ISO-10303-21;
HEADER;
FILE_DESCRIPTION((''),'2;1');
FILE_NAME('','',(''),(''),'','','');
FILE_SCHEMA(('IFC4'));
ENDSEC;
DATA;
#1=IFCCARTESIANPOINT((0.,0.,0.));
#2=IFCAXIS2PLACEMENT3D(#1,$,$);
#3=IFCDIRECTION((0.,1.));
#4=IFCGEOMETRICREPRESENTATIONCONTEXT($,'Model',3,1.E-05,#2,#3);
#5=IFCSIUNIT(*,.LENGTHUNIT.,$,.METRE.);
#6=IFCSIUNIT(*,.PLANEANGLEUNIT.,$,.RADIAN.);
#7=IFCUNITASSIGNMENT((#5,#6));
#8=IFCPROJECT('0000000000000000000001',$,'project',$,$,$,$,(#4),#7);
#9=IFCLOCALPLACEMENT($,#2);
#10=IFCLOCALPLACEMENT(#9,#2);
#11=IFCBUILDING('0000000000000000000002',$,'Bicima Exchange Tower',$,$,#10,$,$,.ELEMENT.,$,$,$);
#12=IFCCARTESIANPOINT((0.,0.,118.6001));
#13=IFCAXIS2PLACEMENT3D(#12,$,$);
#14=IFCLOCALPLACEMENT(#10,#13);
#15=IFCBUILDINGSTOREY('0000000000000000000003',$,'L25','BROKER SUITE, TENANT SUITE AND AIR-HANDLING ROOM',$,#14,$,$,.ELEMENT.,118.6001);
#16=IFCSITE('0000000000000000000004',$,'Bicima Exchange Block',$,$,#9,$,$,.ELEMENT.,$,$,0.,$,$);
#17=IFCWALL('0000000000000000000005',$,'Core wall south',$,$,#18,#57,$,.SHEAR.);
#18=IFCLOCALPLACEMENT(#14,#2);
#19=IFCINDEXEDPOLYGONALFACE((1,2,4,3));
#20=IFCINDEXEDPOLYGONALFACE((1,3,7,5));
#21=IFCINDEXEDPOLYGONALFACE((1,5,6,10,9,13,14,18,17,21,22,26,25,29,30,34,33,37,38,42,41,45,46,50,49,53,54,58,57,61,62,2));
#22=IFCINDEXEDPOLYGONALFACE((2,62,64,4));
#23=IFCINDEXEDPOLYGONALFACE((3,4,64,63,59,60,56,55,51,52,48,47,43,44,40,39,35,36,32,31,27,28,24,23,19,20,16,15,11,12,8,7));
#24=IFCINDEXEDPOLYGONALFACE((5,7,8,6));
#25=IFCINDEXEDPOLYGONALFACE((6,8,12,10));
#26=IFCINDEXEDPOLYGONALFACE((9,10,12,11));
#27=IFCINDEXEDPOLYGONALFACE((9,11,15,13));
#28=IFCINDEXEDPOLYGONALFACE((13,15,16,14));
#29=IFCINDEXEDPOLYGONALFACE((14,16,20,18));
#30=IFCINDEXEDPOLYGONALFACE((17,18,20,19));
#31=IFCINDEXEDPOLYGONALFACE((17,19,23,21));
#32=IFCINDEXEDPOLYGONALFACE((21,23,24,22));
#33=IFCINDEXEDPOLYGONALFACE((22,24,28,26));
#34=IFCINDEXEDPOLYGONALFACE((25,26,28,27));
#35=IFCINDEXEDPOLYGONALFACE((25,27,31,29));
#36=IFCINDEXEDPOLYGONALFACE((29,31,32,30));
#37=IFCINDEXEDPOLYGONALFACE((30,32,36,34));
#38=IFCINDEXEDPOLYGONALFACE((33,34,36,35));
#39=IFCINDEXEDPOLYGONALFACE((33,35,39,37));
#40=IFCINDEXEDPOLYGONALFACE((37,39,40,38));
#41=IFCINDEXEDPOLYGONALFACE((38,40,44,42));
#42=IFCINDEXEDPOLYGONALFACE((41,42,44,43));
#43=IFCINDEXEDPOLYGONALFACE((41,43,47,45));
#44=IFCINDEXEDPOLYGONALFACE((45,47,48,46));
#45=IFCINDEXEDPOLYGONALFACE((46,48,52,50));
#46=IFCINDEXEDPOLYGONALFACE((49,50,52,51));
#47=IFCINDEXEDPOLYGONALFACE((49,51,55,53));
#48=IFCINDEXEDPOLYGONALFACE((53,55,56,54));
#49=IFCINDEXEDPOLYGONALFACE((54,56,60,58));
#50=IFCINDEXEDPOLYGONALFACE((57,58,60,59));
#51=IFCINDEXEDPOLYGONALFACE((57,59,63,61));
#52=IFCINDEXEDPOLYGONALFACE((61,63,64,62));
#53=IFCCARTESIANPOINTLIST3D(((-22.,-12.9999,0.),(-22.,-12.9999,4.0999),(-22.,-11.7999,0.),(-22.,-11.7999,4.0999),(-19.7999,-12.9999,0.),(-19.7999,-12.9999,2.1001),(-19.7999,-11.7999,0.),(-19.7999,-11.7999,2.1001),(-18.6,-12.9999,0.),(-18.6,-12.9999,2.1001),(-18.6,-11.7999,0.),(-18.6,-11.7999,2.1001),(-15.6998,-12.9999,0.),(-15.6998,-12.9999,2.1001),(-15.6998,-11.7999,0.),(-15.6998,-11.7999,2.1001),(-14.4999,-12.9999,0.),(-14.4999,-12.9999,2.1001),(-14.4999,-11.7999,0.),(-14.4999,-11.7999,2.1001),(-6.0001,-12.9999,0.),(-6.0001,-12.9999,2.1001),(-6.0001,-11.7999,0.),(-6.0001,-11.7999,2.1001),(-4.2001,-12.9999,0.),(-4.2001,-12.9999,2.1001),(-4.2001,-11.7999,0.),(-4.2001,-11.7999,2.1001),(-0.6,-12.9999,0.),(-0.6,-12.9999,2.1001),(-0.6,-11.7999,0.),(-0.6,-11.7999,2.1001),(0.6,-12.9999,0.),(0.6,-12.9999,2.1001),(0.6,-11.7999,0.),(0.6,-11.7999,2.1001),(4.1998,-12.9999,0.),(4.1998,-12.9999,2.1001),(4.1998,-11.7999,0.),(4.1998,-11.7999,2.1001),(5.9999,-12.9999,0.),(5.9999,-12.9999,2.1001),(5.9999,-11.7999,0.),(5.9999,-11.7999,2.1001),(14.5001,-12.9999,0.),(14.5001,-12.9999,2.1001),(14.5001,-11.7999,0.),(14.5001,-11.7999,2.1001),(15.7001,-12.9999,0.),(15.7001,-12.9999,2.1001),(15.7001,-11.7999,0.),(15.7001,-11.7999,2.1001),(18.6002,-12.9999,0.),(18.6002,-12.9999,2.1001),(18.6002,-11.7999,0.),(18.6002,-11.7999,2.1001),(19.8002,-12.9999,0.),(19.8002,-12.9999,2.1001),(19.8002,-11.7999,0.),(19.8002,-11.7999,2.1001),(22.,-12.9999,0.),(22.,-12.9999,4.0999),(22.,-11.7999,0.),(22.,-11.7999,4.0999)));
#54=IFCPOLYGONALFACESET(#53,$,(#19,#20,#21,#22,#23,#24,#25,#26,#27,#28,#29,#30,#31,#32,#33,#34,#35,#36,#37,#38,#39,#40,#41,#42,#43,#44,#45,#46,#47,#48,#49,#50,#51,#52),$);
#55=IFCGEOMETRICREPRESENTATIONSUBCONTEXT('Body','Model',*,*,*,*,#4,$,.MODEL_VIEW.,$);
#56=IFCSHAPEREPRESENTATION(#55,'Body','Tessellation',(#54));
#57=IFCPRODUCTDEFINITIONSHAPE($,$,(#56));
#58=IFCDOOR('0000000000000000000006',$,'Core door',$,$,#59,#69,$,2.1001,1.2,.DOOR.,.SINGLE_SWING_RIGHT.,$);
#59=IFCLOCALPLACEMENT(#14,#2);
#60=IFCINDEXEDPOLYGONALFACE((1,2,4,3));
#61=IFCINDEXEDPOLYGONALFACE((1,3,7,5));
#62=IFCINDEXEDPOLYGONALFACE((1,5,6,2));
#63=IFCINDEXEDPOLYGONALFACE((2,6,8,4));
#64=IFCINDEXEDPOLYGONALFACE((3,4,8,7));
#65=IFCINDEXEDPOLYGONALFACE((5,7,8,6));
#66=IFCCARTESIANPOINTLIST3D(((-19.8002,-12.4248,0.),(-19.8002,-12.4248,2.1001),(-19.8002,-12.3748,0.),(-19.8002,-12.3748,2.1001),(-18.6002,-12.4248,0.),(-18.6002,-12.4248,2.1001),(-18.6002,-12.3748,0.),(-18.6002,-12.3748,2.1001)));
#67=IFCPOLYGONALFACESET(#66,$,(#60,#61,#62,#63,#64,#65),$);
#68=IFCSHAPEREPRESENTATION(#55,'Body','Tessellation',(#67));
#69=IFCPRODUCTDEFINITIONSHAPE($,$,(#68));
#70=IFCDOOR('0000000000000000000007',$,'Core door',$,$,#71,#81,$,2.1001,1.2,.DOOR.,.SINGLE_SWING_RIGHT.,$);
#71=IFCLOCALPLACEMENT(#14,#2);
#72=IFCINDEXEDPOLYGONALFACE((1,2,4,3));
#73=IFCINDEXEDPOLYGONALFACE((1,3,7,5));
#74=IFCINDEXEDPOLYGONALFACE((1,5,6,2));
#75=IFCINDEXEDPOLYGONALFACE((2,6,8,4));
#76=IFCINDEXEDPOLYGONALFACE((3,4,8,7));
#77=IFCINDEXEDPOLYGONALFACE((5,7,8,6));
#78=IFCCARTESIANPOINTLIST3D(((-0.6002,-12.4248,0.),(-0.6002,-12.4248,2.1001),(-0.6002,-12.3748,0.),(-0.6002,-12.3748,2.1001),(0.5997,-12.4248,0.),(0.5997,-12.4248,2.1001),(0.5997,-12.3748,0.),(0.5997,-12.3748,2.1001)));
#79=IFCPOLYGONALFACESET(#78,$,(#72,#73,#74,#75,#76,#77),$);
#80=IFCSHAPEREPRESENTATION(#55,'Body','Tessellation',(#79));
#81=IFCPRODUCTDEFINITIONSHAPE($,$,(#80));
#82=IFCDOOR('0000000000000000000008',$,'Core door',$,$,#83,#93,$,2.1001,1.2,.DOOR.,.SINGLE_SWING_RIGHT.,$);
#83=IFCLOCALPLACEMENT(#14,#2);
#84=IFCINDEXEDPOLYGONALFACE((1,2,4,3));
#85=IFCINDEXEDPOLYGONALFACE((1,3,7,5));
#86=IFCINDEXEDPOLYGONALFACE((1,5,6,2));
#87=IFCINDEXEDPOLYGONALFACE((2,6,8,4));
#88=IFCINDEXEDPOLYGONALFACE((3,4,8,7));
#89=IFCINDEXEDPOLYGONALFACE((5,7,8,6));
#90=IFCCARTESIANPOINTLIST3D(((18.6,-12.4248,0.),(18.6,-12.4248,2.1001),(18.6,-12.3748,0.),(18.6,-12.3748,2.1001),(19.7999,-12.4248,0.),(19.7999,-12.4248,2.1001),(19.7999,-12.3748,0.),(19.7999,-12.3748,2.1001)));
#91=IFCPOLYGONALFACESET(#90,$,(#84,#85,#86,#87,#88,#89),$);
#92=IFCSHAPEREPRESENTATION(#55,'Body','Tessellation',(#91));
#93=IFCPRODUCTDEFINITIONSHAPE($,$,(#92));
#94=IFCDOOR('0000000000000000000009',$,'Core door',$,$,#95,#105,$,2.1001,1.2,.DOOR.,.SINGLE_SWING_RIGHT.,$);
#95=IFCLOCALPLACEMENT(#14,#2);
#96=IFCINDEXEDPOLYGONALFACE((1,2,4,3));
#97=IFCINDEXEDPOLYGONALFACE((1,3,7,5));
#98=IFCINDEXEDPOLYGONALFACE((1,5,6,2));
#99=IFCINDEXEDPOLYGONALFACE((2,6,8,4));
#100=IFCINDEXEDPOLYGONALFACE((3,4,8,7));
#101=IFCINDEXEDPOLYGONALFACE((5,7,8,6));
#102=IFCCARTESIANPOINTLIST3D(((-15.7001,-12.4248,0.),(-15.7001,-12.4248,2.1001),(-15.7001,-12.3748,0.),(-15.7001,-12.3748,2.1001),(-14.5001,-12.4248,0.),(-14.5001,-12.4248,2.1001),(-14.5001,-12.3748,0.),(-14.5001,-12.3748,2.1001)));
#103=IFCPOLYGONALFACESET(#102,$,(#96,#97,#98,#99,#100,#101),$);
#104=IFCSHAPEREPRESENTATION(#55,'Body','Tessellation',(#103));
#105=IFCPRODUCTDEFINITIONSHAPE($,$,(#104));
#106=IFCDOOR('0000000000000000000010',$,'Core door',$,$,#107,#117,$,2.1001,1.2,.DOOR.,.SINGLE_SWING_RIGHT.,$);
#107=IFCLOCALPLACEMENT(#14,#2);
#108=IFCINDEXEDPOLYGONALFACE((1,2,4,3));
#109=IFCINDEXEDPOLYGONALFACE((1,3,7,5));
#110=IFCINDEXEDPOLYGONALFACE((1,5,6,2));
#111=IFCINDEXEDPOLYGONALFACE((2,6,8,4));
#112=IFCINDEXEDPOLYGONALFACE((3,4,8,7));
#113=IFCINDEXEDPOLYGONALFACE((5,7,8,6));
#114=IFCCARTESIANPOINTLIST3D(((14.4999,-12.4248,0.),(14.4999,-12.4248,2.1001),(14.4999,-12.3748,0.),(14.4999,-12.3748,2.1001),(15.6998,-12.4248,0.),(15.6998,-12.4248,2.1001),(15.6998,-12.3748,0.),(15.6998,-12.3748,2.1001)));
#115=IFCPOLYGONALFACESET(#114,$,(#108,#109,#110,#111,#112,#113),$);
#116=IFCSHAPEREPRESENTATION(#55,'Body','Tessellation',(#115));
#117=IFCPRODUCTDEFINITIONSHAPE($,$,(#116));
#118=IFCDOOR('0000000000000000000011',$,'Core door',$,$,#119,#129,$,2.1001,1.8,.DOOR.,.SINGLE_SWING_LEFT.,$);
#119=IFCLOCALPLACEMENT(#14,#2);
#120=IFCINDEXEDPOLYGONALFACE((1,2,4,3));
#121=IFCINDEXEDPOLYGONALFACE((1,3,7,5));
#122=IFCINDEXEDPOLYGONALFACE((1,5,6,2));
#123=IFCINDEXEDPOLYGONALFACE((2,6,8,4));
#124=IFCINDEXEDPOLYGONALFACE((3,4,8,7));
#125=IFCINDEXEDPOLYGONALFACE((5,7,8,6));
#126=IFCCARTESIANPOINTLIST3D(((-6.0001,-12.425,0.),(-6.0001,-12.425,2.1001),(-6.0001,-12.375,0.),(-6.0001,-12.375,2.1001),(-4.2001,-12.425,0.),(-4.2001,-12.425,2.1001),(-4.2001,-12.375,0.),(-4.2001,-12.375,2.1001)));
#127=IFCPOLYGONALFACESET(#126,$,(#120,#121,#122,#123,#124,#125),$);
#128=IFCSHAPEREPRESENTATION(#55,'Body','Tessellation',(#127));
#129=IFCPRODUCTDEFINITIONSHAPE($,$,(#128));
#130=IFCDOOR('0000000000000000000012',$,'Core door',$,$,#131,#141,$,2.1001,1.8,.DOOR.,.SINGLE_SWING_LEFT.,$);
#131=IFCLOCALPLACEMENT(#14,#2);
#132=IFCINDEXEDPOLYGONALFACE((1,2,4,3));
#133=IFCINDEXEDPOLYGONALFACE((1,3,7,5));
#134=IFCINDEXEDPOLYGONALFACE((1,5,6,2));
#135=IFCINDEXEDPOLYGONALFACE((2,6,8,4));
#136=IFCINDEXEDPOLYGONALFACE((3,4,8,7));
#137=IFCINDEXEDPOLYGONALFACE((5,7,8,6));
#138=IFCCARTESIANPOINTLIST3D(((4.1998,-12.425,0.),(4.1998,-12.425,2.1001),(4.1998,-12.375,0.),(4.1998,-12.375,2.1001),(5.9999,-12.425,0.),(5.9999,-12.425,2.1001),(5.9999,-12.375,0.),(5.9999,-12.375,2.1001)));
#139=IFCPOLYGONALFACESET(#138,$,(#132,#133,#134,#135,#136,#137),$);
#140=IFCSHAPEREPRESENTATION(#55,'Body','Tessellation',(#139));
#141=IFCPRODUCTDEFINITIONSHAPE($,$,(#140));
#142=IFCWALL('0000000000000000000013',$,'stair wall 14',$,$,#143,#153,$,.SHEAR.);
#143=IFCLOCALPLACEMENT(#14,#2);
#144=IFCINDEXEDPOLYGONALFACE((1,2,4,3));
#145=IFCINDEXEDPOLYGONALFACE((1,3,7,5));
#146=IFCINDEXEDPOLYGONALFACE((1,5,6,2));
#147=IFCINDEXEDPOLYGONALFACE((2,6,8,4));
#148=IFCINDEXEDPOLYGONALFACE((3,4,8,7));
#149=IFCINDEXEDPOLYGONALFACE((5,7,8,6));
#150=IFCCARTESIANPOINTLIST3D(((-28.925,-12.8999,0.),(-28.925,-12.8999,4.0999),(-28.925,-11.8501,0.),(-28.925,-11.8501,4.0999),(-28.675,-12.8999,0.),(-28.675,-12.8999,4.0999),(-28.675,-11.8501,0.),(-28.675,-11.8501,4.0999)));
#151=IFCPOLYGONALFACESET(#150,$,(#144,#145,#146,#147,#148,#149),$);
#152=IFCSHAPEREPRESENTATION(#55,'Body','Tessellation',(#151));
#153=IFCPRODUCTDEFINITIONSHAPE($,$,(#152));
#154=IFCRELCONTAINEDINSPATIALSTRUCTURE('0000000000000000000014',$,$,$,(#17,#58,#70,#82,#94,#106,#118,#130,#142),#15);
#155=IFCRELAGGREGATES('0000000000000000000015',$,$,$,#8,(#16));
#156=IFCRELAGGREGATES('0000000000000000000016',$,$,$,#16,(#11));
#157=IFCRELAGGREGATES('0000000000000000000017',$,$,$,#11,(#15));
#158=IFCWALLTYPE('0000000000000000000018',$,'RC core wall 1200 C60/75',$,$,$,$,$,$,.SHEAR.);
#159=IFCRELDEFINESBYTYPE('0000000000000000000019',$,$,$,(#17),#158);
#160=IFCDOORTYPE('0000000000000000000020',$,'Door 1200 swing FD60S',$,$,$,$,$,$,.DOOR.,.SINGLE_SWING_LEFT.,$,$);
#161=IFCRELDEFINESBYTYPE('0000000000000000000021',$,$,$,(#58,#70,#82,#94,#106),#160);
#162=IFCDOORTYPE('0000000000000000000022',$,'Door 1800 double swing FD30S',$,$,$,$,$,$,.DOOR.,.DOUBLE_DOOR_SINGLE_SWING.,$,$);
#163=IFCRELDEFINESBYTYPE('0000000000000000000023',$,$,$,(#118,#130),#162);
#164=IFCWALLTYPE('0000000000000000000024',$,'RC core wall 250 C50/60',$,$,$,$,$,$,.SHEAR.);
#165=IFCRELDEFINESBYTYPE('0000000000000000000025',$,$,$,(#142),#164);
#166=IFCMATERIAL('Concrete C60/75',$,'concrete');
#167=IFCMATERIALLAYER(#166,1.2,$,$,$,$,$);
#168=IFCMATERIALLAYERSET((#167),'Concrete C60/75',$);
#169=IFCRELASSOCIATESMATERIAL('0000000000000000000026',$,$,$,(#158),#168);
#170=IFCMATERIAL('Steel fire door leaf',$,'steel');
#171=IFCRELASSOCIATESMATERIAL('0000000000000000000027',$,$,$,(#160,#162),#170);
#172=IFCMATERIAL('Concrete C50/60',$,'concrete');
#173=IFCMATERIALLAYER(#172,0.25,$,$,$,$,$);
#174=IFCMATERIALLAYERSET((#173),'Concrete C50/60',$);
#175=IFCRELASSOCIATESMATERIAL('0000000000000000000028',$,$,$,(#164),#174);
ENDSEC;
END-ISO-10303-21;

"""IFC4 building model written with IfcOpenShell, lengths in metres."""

from ifc_helpers import new_model, si_unit, direction, frame, frame_2d, origin, place, context, subcontext, project, spatial, rectangle, extrude, material, layer, layer_set, type_object, element, fill, save


model = new_model("IFC4")

# Units and contexts
model_context = context("Model", 3, precision=1e-05, world=origin(), true_north=direction((0.0, 1.0)))
body_context = subcontext(model_context, "Body", "Model", "MODEL_VIEW")
ifc_project = project(units=[si_unit("LENGTHUNIT", "METRE"), si_unit("PLANEANGLEUNIT", "RADIAN")], contexts=[model_context])

# Site, building, storey
site_placement = place(None, origin())
site = spatial("IfcSite", under=ifc_project, at=site_placement, Name="Bicima Exchange Block", CompositionType="ELEMENT", RefElevation=0.0)
building_placement = place(site_placement, origin())
building = spatial("IfcBuilding", under=site, at=building_placement, Name="Bicima Exchange Tower", CompositionType="ELEMENT")
storey_placement = place(building_placement, frame((0.0, 0.0, 118.6001)))
storey = spatial("IfcBuildingStorey", under=building, at=storey_placement, Name="L25", Description="BROKER SUITE, TENANT SUITE AND AIR-HANDLING ROOM", CompositionType="ELEMENT", Elevation=118.6001)

# Wall, openings, doors
ifc_material_1 = material(Name="Concrete C60/75", Category="concrete")
ifc_layer_1 = layer(ifc_material_1, 1.2)
ifc_layer_set_1 = layer_set([ifc_layer_1], Name="Concrete C60/75")
wall_type_1 = type_object("IfcWallType", Name="RC core wall 1200 C60/75", PredefinedType="SHEAR", material=ifc_layer_set_1)
wall_1_placement = place(storey_placement, frame((-22.0, -12.3999, 0.0), z_axis=(0.0, 0.0, 1.0), x_axis=(1.0, 0.0, 0.0)))
wall_1 = element("IfcWall", 1, at=wall_1_placement, inside=storey, type_object=wall_type_1, Name="Core wall south", PredefinedType="SHEAR", context=body_context, shape_type="SweptSolid", body=[
    extrude(rectangle(XDim=44.0, YDim=1.2, at=frame_2d((22.0, 0.0))), origin(), (0.0, 0.0, 1.0), 4.0999),
])
opening_1_placement = place(wall_1_placement, frame((2.2, 0.0, 0.0)))
opening_1 = element("IfcOpeningElement", 2, at=opening_1_placement, cuts=wall_1, PredefinedType="OPENING", context=body_context, shape_type="SweptSolid", body=[
    extrude(rectangle(XDim=1.2, YDim=2.1001, at=frame_2d((0.6001, 1.05))), frame((0.0, 0.6118, 0.0), z_axis=(0.0, -1.0, 0.0), x_axis=(1.0, 0.0, 0.0)), (0.0, 0.0, 1.0), 1.2239),
])
opening_2_placement = place(wall_1_placement, frame((21.3999, 0.0, 0.0)))
opening_2 = element("IfcOpeningElement", 3, at=opening_2_placement, cuts=wall_1, PredefinedType="OPENING", context=body_context, shape_type="SweptSolid", body=[
    extrude(rectangle(XDim=1.2, YDim=2.1001, at=frame_2d((0.6001, 1.05))), frame((0.0, 0.6118, 0.0), z_axis=(0.0, -1.0, 0.0), x_axis=(1.0, 0.0, 0.0)), (0.0, 0.0, 1.0), 1.2239),
])
opening_3_placement = place(wall_1_placement, frame((40.6001, 0.0, 0.0)))
opening_3 = element("IfcOpeningElement", 4, at=opening_3_placement, cuts=wall_1, PredefinedType="OPENING", context=body_context, shape_type="SweptSolid", body=[
    extrude(rectangle(XDim=1.2, YDim=2.1001, at=frame_2d((0.6001, 1.05))), frame((0.0, 0.6118, 0.0), z_axis=(0.0, -1.0, 0.0), x_axis=(1.0, 0.0, 0.0)), (0.0, 0.0, 1.0), 1.2239),
])
opening_4_placement = place(wall_1_placement, frame((16.0, 0.0, 0.0)))
opening_4 = element("IfcOpeningElement", 5, at=opening_4_placement, cuts=wall_1, PredefinedType="OPENING", context=body_context, shape_type="SweptSolid", body=[
    extrude(rectangle(XDim=1.8, YDim=2.1001, at=frame_2d((0.8999, 1.05))), frame((0.0, 0.6118, 0.0), z_axis=(0.0, -1.0, 0.0), x_axis=(1.0, 0.0, 0.0)), (0.0, 0.0, 1.0), 1.2239),
])
opening_5_placement = place(wall_1_placement, frame((6.3, 0.0, 0.0)))
opening_5 = element("IfcOpeningElement", 6, at=opening_5_placement, cuts=wall_1, PredefinedType="OPENING", context=body_context, shape_type="SweptSolid", body=[
    extrude(rectangle(XDim=1.2, YDim=2.1001, at=frame_2d((0.6001, 1.05))), frame((0.0, 0.6118, 0.0), z_axis=(0.0, -1.0, 0.0), x_axis=(1.0, 0.0, 0.0)), (0.0, 0.0, 1.0), 1.2239),
])
opening_6_placement = place(wall_1_placement, frame((26.2, 0.0, 0.0)))
opening_6 = element("IfcOpeningElement", 7, at=opening_6_placement, cuts=wall_1, PredefinedType="OPENING", context=body_context, shape_type="SweptSolid", body=[
    extrude(rectangle(XDim=1.8, YDim=2.1001, at=frame_2d((0.8999, 1.05))), frame((0.0, 0.6118, 0.0), z_axis=(0.0, -1.0, 0.0), x_axis=(1.0, 0.0, 0.0)), (0.0, 0.0, 1.0), 1.2239),
])
opening_7_placement = place(wall_1_placement, frame((36.5, 0.0, 0.0)))
opening_7 = element("IfcOpeningElement", 8, at=opening_7_placement, cuts=wall_1, PredefinedType="OPENING", context=body_context, shape_type="SweptSolid", body=[
    extrude(rectangle(XDim=1.2, YDim=2.1001, at=frame_2d((0.6001, 1.05))), frame((0.0, 0.6118, 0.0), z_axis=(0.0, -1.0, 0.0), x_axis=(1.0, 0.0, 0.0)), (0.0, 0.0, 1.0), 1.2239),
])
ifc_material_2 = material(Name="Steel fire door leaf", Category="steel")
door_type_1 = type_object("IfcDoorType", Name="Door 1200 swing FD60S", OperationType="SINGLE_SWING_LEFT", PredefinedType="DOOR", material=ifc_material_2)
door_1_placement = place(opening_1_placement, frame((1.2, 0.0, 0.0), z_axis=(0.0, 0.0, 1.0), x_axis=(-1.0, 0.0, 0.0)))
door_1 = element("IfcDoor", 9, at=door_1_placement, inside=storey, type_object=door_type_1, Name="Core door", OperationType="SINGLE_SWING_RIGHT", OverallHeight=2.1001, OverallWidth=1.2, PredefinedType="DOOR", context=body_context, shape_type="SweptSolid", body=[
    extrude(rectangle(XDim=1.2, YDim=2.1001, at=frame_2d((0.6001, 1.05))), frame((0.0, 0.0249, 0.0), z_axis=(0.0, -1.0, 0.0), x_axis=(1.0, 0.0, 0.0)), (0.0, 0.0, 1.0), 0.05),
])
fill(opening_1, door_1)
door_2_placement = place(opening_2_placement, frame((1.2, 0.0, 0.0), z_axis=(0.0, 0.0, 1.0), x_axis=(-1.0, 0.0, 0.0)))
door_2 = element("IfcDoor", 10, at=door_2_placement, inside=storey, type_object=door_type_1, Name="Core door", OperationType="SINGLE_SWING_RIGHT", OverallHeight=2.1001, OverallWidth=1.2, PredefinedType="DOOR", context=body_context, shape_type="SweptSolid", body=[
    extrude(rectangle(XDim=1.2, YDim=2.1001, at=frame_2d((0.6001, 1.05))), frame((0.0, 0.0249, 0.0), z_axis=(0.0, -1.0, 0.0), x_axis=(1.0, 0.0, 0.0)), (0.0, 0.0, 1.0), 0.05),
])
fill(opening_2, door_2)
door_3_placement = place(opening_3_placement, frame((1.2, 0.0, 0.0), z_axis=(0.0, 0.0, 1.0), x_axis=(-1.0, 0.0, 0.0)))
door_3 = element("IfcDoor", 11, at=door_3_placement, inside=storey, type_object=door_type_1, Name="Core door", OperationType="SINGLE_SWING_RIGHT", OverallHeight=2.1001, OverallWidth=1.2, PredefinedType="DOOR", context=body_context, shape_type="SweptSolid", body=[
    extrude(rectangle(XDim=1.2, YDim=2.1001, at=frame_2d((0.6001, 1.05))), frame((0.0, 0.0249, 0.0), z_axis=(0.0, -1.0, 0.0), x_axis=(1.0, 0.0, 0.0)), (0.0, 0.0, 1.0), 0.05),
])
fill(opening_3, door_3)
door_4_placement = place(opening_5_placement, frame((1.2, 0.0, 0.0), z_axis=(0.0, 0.0, 1.0), x_axis=(-1.0, 0.0, 0.0)))
door_4 = element("IfcDoor", 12, at=door_4_placement, inside=storey, type_object=door_type_1, Name="Core door", OperationType="SINGLE_SWING_RIGHT", OverallHeight=2.1001, OverallWidth=1.2, PredefinedType="DOOR", context=body_context, shape_type="SweptSolid", body=[
    extrude(rectangle(XDim=1.2, YDim=2.1001, at=frame_2d((0.6001, 1.05))), frame((0.0, 0.0249, 0.0), z_axis=(0.0, -1.0, 0.0), x_axis=(1.0, 0.0, 0.0)), (0.0, 0.0, 1.0), 0.05),
])
fill(opening_5, door_4)
door_5_placement = place(opening_7_placement, frame((1.2, 0.0, 0.0), z_axis=(0.0, 0.0, 1.0), x_axis=(-1.0, 0.0, 0.0)))
door_5 = element("IfcDoor", 13, at=door_5_placement, inside=storey, type_object=door_type_1, Name="Core door", OperationType="SINGLE_SWING_RIGHT", OverallHeight=2.1001, OverallWidth=1.2, PredefinedType="DOOR", context=body_context, shape_type="SweptSolid", body=[
    extrude(rectangle(XDim=1.2, YDim=2.1001, at=frame_2d((0.6001, 1.05))), frame((0.0, 0.0249, 0.0), z_axis=(0.0, -1.0, 0.0), x_axis=(1.0, 0.0, 0.0)), (0.0, 0.0, 1.0), 0.05),
])
fill(opening_7, door_5)
door_type_2 = type_object("IfcDoorType", Name="Door 1800 double swing FD30S", OperationType="DOUBLE_DOOR_SINGLE_SWING", PredefinedType="DOOR", material=ifc_material_2)
door_6_placement = place(opening_4_placement, origin())
door_6 = element("IfcDoor", 14, at=door_6_placement, inside=storey, type_object=door_type_2, Name="Core door", OperationType="SINGLE_SWING_LEFT", OverallHeight=2.1001, OverallWidth=1.8, PredefinedType="DOOR", context=body_context, shape_type="SweptSolid", body=[
    extrude(rectangle(XDim=1.8, YDim=2.1001, at=frame_2d((0.8999, 1.05))), frame((0.0, 0.0249, 0.0), z_axis=(0.0, -1.0, 0.0), x_axis=(1.0, 0.0, 0.0)), (0.0, 0.0, 1.0), 0.05),
])
fill(opening_4, door_6)
door_7_placement = place(opening_6_placement, origin())
door_7 = element("IfcDoor", 15, at=door_7_placement, inside=storey, type_object=door_type_2, Name="Core door", OperationType="SINGLE_SWING_LEFT", OverallHeight=2.1001, OverallWidth=1.8, PredefinedType="DOOR", context=body_context, shape_type="SweptSolid", body=[
    extrude(rectangle(XDim=1.8, YDim=2.1001, at=frame_2d((0.8999, 1.05))), frame((0.0, 0.0249, 0.0), z_axis=(0.0, -1.0, 0.0), x_axis=(1.0, 0.0, 0.0)), (0.0, 0.0, 1.0), 0.05),
])
fill(opening_6, door_7)

# Wall
ifc_material_3 = material(Name="Concrete C50/60", Category="concrete")
ifc_layer_2 = layer(ifc_material_3, 0.25)
ifc_layer_set_2 = layer_set([ifc_layer_2], Name="Concrete C50/60")
wall_type_2 = type_object("IfcWallType", Name="RC core wall 250 C50/60", PredefinedType="SHEAR", material=ifc_layer_set_2)
wall_2_placement = place(storey_placement, frame((-28.8, -12.8999, 0.0), z_axis=(0.0, 0.0, 1.0), x_axis=(0.0, 1.0, 0.0)))
element("IfcWall", 16, at=wall_2_placement, inside=storey, type_object=wall_type_2, Name="stair wall 14", PredefinedType="SHEAR", context=body_context, shape_type="SweptSolid", body=[
    extrude(rectangle(XDim=1.0498, YDim=0.25, at=frame_2d((0.5249, 0.0))), origin(), (0.0, 0.0, 1.0), 4.0999),
])

save(model, "model.ifc")
